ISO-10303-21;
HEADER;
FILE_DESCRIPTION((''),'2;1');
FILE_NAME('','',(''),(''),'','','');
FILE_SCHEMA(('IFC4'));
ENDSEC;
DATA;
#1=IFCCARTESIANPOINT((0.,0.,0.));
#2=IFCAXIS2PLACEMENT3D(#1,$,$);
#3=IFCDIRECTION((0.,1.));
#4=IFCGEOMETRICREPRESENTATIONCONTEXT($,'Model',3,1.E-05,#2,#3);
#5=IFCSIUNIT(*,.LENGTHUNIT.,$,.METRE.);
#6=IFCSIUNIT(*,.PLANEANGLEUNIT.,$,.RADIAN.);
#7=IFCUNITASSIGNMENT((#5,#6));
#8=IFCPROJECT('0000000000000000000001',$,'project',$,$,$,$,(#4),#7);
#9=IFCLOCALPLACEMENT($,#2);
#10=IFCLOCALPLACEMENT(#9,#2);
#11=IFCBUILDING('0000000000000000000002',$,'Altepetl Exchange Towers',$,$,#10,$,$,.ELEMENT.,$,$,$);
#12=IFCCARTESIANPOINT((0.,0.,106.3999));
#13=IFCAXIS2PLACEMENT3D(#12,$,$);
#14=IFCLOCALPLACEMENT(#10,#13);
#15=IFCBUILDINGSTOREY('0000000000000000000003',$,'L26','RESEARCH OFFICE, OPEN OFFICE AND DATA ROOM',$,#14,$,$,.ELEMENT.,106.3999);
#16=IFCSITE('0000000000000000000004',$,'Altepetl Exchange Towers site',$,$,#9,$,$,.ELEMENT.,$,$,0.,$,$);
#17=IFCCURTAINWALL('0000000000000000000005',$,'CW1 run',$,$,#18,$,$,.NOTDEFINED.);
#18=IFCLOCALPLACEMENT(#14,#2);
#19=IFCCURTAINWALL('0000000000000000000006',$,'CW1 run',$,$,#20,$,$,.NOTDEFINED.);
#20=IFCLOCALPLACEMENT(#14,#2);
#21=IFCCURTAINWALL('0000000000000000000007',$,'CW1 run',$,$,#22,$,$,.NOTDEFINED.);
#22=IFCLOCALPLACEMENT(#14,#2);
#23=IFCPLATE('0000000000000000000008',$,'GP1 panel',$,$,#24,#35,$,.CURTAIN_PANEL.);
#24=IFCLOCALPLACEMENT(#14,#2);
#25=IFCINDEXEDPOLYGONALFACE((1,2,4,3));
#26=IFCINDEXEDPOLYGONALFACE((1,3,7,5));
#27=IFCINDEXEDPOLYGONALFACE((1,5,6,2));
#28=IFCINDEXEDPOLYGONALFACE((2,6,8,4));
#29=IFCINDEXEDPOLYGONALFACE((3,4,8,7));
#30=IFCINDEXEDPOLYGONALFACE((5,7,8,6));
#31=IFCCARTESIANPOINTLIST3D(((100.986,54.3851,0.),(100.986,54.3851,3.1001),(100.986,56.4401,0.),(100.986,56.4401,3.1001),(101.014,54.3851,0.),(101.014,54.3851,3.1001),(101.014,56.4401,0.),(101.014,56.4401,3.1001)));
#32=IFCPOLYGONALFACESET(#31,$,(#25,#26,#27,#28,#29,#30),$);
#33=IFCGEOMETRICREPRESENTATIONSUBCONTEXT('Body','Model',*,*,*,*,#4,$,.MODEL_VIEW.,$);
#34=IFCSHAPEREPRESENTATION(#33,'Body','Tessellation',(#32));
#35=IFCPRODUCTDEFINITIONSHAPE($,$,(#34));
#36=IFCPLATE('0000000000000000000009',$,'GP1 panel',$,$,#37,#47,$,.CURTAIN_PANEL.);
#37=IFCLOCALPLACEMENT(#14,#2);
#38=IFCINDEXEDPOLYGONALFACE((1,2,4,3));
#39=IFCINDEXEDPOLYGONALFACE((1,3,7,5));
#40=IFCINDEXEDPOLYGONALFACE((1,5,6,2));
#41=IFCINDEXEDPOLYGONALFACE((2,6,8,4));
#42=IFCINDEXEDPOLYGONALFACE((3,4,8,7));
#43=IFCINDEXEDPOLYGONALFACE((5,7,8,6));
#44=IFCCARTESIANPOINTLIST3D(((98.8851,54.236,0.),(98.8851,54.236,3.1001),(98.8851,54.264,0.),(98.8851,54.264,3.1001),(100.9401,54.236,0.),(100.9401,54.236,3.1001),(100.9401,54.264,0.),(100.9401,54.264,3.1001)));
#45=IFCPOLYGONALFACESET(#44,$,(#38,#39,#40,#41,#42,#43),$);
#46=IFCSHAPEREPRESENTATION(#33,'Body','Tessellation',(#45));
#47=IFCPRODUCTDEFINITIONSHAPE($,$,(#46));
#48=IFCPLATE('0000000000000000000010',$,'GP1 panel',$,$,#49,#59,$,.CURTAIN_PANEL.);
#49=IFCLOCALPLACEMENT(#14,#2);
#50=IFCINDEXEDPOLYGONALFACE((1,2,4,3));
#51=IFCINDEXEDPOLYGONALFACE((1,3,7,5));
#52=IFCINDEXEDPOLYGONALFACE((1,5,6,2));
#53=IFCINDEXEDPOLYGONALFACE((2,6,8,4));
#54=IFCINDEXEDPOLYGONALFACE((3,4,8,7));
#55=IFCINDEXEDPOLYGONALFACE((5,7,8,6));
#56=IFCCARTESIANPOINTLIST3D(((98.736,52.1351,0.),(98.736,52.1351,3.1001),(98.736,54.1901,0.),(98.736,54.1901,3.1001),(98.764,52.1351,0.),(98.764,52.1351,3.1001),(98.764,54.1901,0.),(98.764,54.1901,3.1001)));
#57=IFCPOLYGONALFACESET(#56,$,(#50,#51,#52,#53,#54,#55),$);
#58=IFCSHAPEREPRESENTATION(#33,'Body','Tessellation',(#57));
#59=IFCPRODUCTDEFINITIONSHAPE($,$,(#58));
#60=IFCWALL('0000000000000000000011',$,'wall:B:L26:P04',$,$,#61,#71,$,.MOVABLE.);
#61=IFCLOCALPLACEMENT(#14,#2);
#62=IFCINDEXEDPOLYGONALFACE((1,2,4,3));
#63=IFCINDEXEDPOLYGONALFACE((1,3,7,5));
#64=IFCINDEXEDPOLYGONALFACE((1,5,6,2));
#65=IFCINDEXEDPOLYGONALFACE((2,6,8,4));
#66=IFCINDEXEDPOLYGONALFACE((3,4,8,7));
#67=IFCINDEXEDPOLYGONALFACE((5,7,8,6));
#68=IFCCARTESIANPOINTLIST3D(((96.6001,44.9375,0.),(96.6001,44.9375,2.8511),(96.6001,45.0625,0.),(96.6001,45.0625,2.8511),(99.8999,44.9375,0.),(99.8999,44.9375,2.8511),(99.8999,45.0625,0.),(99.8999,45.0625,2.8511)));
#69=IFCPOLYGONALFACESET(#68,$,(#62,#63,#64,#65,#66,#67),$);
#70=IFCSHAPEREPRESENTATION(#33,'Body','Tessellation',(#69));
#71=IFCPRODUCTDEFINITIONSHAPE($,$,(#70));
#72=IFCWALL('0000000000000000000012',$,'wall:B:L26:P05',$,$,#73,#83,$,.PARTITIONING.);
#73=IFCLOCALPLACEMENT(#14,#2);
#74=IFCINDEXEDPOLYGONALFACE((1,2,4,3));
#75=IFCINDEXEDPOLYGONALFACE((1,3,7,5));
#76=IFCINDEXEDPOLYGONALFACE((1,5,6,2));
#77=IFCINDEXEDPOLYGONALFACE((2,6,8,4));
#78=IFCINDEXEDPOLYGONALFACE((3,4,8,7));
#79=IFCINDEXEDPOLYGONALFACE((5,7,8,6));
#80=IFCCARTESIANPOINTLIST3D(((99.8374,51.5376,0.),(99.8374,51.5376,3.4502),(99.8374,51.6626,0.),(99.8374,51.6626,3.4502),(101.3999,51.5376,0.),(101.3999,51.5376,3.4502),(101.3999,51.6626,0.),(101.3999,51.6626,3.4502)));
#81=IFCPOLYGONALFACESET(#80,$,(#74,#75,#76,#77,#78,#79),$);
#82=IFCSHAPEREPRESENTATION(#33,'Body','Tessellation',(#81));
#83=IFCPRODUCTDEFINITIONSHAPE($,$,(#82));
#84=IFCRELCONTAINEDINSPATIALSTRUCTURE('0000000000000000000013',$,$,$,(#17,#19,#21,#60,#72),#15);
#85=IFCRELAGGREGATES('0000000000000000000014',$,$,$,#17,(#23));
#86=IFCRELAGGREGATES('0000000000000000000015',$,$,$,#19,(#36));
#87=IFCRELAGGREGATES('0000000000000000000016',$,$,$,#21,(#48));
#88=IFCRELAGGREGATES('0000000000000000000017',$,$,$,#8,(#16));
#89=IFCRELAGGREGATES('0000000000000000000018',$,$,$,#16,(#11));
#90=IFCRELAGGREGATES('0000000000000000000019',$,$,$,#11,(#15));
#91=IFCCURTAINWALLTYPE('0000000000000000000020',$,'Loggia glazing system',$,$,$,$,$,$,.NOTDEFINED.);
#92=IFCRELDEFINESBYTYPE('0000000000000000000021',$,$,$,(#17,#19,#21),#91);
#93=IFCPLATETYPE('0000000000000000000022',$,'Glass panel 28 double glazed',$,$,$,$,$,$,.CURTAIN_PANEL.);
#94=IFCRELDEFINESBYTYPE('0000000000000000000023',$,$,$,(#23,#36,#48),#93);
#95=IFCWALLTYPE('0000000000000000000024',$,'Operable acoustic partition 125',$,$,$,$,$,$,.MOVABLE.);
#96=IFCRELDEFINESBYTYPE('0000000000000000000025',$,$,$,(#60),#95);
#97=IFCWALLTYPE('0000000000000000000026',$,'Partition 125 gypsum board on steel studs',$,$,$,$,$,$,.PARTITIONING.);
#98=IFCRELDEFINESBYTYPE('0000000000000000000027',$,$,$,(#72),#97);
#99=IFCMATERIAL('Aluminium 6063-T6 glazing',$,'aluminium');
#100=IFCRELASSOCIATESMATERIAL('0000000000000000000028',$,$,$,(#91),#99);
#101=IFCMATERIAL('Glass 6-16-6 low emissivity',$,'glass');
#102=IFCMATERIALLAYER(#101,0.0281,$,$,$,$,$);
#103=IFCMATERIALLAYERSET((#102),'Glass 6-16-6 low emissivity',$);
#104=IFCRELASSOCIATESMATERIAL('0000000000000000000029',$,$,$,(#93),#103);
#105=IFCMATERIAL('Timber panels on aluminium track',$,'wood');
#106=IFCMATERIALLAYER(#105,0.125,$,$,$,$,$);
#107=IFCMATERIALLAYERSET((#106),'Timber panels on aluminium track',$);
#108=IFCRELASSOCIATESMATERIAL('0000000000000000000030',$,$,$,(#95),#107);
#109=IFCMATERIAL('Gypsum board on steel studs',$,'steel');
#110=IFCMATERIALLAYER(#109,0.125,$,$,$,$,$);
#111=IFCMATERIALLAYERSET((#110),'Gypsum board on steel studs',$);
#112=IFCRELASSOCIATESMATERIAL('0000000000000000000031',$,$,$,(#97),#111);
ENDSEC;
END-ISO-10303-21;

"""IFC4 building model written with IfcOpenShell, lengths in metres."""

from ifc_helpers import new_model, si_unit, direction, frame, frame_2d, origin, origin_2d, place, context, subcontext, project, spatial, rectangle, extrude, material, layer, layer_set, type_object, element, aggregate, save


model = new_model("IFC4")

# Units and contexts
model_context = context("Model", 3, precision=1e-05, world=origin(), true_north=direction((0.0, 1.0)))
body_context = subcontext(model_context, "Body", "Model", "MODEL_VIEW")
ifc_project = project(units=[si_unit("LENGTHUNIT", "METRE"), si_unit("PLANEANGLEUNIT", "RADIAN")], contexts=[model_context])

# Site, building, storey
site_placement = place(None, origin())
site = spatial("IfcSite", under=ifc_project, at=site_placement, Name="Altepetl Exchange Towers site", CompositionType="ELEMENT", RefElevation=0.0)
building_placement = place(site_placement, origin())
building = spatial("IfcBuilding", under=site, at=building_placement, Name="Altepetl Exchange Towers", CompositionType="ELEMENT")
storey_placement = place(building_placement, frame((0.0, 0.0, 106.3999)))
storey = spatial("IfcBuildingStorey", under=building, at=storey_placement, Name="L26", Description="RESEARCH OFFICE, OPEN OFFICE AND DATA ROOM", CompositionType="ELEMENT", Elevation=106.3999)

# Curtain walls
ifc_material_1 = material(Name="Aluminium 6063-T6 glazing", Category="aluminium")
curtain_wall_type = type_object("IfcCurtainWallType", Name="Loggia glazing system", PredefinedType="NOTDEFINED", material=ifc_material_1)
curtain_wall_1_placement = place(storey_placement, origin())
curtain_wall_1 = element("IfcCurtainWall", 1, at=curtain_wall_1_placement, inside=storey, type_object=curtain_wall_type, Name="CW1 run", PredefinedType="NOTDEFINED")
curtain_wall_2_placement = place(storey_placement, origin())
curtain_wall_2 = element("IfcCurtainWall", 2, at=curtain_wall_2_placement, inside=storey, type_object=curtain_wall_type, Name="CW1 run", PredefinedType="NOTDEFINED")
curtain_wall_3_placement = place(storey_placement, origin())
curtain_wall_3 = element("IfcCurtainWall", 3, at=curtain_wall_3_placement, inside=storey, type_object=curtain_wall_type, Name="CW1 run", PredefinedType="NOTDEFINED")

# Plates
ifc_material_2 = material(Name="Glass 6-16-6 low emissivity", Category="glass")
ifc_layer_1 = layer(ifc_material_2, 0.0281)
ifc_layer_set_1 = layer_set([ifc_layer_1], Name="Glass 6-16-6 low emissivity")
plate_type = type_object("IfcPlateType", Name="Glass panel 28 double glazed", PredefinedType="CURTAIN_PANEL", material=ifc_layer_set_1)
plate_1_placement = place(storey_placement, frame((101.0, 55.4126, 0.0), z_axis=(0.0, 0.0, 1.0), x_axis=(0.0, -1.0, 0.0)))
plate_1 = element("IfcPlate", 4, at=plate_1_placement, type_object=plate_type, Name="GP1 panel", PredefinedType="CURTAIN_PANEL", context=body_context, shape_type="SweptSolid", body=[
    extrude(rectangle(XDim=2.0549, YDim=0.0281, at=origin_2d()), origin(), (0.0, 0.0, 1.0), 3.1001),
])
aggregate(curtain_wall_1, [plate_1])
plate_2_placement = place(storey_placement, frame((99.9126, 54.25, 0.0), z_axis=(0.0, 0.0, 1.0), x_axis=(-1.0, 0.0, 0.0)))
plate_2 = element("IfcPlate", 5, at=plate_2_placement, type_object=plate_type, Name="GP1 panel", PredefinedType="CURTAIN_PANEL", context=body_context, shape_type="SweptSolid", body=[
    extrude(rectangle(XDim=2.0549, YDim=0.0281, at=origin_2d()), origin(), (0.0, 0.0, 1.0), 3.1001),
])
aggregate(curtain_wall_2, [plate_2])
plate_3_placement = place(storey_placement, frame((98.75, 53.1626, 0.0), z_axis=(0.0, 0.0, 1.0), x_axis=(0.0, -1.0, 0.0)))
plate_3 = element("IfcPlate", 6, at=plate_3_placement, type_object=plate_type, Name="GP1 panel", PredefinedType="CURTAIN_PANEL", context=body_context, shape_type="SweptSolid", body=[
    extrude(rectangle(XDim=2.0549, YDim=0.0281, at=origin_2d()), origin(), (0.0, 0.0, 1.0), 3.1001),
])
aggregate(curtain_wall_3, [plate_3])

# Walls
ifc_material_3 = material(Name="Timber panels on aluminium track", Category="wood")
ifc_layer_2 = layer(ifc_material_3, 0.125)
ifc_layer_set_2 = layer_set([ifc_layer_2], Name="Timber panels on aluminium track")
wall_type_1 = type_object("IfcWallType", Name="Operable acoustic partition 125", PredefinedType="MOVABLE", material=ifc_layer_set_2)
wall_1_placement = place(storey_placement, frame((96.6001, 45.0, 0.0)))
element("IfcWall", 7, at=wall_1_placement, inside=storey, type_object=wall_type_1, Name="wall:B:L26:P04", PredefinedType="MOVABLE", context=body_context, shape_type="SweptSolid", body=[
    extrude(rectangle(XDim=3.2998, YDim=0.125, at=frame_2d((1.6499, 0.0))), origin(), (0.0, 0.0, 1.0), 2.8511),
])
ifc_material_4 = material(Name="Gypsum board on steel studs", Category="steel")
ifc_layer_3 = layer(ifc_material_4, 0.125)
ifc_layer_set_3 = layer_set([ifc_layer_3], Name="Gypsum board on steel studs")
wall_type_2 = type_object("IfcWallType", Name="Partition 125 gypsum board on steel studs", PredefinedType="PARTITIONING", material=ifc_layer_set_3)
wall_2_placement = place(storey_placement, frame((99.8374, 51.6001, 0.0)))
element("IfcWall", 8, at=wall_2_placement, inside=storey, type_object=wall_type_2, Name="wall:B:L26:P05", PredefinedType="PARTITIONING", context=body_context, shape_type="SweptSolid", body=[
    extrude(rectangle(XDim=1.5625, YDim=0.125, at=frame_2d((0.7812, 0.0))), origin(), (0.0, 0.0, 1.0), 3.4502),
])

save(model, "model.ifc")
